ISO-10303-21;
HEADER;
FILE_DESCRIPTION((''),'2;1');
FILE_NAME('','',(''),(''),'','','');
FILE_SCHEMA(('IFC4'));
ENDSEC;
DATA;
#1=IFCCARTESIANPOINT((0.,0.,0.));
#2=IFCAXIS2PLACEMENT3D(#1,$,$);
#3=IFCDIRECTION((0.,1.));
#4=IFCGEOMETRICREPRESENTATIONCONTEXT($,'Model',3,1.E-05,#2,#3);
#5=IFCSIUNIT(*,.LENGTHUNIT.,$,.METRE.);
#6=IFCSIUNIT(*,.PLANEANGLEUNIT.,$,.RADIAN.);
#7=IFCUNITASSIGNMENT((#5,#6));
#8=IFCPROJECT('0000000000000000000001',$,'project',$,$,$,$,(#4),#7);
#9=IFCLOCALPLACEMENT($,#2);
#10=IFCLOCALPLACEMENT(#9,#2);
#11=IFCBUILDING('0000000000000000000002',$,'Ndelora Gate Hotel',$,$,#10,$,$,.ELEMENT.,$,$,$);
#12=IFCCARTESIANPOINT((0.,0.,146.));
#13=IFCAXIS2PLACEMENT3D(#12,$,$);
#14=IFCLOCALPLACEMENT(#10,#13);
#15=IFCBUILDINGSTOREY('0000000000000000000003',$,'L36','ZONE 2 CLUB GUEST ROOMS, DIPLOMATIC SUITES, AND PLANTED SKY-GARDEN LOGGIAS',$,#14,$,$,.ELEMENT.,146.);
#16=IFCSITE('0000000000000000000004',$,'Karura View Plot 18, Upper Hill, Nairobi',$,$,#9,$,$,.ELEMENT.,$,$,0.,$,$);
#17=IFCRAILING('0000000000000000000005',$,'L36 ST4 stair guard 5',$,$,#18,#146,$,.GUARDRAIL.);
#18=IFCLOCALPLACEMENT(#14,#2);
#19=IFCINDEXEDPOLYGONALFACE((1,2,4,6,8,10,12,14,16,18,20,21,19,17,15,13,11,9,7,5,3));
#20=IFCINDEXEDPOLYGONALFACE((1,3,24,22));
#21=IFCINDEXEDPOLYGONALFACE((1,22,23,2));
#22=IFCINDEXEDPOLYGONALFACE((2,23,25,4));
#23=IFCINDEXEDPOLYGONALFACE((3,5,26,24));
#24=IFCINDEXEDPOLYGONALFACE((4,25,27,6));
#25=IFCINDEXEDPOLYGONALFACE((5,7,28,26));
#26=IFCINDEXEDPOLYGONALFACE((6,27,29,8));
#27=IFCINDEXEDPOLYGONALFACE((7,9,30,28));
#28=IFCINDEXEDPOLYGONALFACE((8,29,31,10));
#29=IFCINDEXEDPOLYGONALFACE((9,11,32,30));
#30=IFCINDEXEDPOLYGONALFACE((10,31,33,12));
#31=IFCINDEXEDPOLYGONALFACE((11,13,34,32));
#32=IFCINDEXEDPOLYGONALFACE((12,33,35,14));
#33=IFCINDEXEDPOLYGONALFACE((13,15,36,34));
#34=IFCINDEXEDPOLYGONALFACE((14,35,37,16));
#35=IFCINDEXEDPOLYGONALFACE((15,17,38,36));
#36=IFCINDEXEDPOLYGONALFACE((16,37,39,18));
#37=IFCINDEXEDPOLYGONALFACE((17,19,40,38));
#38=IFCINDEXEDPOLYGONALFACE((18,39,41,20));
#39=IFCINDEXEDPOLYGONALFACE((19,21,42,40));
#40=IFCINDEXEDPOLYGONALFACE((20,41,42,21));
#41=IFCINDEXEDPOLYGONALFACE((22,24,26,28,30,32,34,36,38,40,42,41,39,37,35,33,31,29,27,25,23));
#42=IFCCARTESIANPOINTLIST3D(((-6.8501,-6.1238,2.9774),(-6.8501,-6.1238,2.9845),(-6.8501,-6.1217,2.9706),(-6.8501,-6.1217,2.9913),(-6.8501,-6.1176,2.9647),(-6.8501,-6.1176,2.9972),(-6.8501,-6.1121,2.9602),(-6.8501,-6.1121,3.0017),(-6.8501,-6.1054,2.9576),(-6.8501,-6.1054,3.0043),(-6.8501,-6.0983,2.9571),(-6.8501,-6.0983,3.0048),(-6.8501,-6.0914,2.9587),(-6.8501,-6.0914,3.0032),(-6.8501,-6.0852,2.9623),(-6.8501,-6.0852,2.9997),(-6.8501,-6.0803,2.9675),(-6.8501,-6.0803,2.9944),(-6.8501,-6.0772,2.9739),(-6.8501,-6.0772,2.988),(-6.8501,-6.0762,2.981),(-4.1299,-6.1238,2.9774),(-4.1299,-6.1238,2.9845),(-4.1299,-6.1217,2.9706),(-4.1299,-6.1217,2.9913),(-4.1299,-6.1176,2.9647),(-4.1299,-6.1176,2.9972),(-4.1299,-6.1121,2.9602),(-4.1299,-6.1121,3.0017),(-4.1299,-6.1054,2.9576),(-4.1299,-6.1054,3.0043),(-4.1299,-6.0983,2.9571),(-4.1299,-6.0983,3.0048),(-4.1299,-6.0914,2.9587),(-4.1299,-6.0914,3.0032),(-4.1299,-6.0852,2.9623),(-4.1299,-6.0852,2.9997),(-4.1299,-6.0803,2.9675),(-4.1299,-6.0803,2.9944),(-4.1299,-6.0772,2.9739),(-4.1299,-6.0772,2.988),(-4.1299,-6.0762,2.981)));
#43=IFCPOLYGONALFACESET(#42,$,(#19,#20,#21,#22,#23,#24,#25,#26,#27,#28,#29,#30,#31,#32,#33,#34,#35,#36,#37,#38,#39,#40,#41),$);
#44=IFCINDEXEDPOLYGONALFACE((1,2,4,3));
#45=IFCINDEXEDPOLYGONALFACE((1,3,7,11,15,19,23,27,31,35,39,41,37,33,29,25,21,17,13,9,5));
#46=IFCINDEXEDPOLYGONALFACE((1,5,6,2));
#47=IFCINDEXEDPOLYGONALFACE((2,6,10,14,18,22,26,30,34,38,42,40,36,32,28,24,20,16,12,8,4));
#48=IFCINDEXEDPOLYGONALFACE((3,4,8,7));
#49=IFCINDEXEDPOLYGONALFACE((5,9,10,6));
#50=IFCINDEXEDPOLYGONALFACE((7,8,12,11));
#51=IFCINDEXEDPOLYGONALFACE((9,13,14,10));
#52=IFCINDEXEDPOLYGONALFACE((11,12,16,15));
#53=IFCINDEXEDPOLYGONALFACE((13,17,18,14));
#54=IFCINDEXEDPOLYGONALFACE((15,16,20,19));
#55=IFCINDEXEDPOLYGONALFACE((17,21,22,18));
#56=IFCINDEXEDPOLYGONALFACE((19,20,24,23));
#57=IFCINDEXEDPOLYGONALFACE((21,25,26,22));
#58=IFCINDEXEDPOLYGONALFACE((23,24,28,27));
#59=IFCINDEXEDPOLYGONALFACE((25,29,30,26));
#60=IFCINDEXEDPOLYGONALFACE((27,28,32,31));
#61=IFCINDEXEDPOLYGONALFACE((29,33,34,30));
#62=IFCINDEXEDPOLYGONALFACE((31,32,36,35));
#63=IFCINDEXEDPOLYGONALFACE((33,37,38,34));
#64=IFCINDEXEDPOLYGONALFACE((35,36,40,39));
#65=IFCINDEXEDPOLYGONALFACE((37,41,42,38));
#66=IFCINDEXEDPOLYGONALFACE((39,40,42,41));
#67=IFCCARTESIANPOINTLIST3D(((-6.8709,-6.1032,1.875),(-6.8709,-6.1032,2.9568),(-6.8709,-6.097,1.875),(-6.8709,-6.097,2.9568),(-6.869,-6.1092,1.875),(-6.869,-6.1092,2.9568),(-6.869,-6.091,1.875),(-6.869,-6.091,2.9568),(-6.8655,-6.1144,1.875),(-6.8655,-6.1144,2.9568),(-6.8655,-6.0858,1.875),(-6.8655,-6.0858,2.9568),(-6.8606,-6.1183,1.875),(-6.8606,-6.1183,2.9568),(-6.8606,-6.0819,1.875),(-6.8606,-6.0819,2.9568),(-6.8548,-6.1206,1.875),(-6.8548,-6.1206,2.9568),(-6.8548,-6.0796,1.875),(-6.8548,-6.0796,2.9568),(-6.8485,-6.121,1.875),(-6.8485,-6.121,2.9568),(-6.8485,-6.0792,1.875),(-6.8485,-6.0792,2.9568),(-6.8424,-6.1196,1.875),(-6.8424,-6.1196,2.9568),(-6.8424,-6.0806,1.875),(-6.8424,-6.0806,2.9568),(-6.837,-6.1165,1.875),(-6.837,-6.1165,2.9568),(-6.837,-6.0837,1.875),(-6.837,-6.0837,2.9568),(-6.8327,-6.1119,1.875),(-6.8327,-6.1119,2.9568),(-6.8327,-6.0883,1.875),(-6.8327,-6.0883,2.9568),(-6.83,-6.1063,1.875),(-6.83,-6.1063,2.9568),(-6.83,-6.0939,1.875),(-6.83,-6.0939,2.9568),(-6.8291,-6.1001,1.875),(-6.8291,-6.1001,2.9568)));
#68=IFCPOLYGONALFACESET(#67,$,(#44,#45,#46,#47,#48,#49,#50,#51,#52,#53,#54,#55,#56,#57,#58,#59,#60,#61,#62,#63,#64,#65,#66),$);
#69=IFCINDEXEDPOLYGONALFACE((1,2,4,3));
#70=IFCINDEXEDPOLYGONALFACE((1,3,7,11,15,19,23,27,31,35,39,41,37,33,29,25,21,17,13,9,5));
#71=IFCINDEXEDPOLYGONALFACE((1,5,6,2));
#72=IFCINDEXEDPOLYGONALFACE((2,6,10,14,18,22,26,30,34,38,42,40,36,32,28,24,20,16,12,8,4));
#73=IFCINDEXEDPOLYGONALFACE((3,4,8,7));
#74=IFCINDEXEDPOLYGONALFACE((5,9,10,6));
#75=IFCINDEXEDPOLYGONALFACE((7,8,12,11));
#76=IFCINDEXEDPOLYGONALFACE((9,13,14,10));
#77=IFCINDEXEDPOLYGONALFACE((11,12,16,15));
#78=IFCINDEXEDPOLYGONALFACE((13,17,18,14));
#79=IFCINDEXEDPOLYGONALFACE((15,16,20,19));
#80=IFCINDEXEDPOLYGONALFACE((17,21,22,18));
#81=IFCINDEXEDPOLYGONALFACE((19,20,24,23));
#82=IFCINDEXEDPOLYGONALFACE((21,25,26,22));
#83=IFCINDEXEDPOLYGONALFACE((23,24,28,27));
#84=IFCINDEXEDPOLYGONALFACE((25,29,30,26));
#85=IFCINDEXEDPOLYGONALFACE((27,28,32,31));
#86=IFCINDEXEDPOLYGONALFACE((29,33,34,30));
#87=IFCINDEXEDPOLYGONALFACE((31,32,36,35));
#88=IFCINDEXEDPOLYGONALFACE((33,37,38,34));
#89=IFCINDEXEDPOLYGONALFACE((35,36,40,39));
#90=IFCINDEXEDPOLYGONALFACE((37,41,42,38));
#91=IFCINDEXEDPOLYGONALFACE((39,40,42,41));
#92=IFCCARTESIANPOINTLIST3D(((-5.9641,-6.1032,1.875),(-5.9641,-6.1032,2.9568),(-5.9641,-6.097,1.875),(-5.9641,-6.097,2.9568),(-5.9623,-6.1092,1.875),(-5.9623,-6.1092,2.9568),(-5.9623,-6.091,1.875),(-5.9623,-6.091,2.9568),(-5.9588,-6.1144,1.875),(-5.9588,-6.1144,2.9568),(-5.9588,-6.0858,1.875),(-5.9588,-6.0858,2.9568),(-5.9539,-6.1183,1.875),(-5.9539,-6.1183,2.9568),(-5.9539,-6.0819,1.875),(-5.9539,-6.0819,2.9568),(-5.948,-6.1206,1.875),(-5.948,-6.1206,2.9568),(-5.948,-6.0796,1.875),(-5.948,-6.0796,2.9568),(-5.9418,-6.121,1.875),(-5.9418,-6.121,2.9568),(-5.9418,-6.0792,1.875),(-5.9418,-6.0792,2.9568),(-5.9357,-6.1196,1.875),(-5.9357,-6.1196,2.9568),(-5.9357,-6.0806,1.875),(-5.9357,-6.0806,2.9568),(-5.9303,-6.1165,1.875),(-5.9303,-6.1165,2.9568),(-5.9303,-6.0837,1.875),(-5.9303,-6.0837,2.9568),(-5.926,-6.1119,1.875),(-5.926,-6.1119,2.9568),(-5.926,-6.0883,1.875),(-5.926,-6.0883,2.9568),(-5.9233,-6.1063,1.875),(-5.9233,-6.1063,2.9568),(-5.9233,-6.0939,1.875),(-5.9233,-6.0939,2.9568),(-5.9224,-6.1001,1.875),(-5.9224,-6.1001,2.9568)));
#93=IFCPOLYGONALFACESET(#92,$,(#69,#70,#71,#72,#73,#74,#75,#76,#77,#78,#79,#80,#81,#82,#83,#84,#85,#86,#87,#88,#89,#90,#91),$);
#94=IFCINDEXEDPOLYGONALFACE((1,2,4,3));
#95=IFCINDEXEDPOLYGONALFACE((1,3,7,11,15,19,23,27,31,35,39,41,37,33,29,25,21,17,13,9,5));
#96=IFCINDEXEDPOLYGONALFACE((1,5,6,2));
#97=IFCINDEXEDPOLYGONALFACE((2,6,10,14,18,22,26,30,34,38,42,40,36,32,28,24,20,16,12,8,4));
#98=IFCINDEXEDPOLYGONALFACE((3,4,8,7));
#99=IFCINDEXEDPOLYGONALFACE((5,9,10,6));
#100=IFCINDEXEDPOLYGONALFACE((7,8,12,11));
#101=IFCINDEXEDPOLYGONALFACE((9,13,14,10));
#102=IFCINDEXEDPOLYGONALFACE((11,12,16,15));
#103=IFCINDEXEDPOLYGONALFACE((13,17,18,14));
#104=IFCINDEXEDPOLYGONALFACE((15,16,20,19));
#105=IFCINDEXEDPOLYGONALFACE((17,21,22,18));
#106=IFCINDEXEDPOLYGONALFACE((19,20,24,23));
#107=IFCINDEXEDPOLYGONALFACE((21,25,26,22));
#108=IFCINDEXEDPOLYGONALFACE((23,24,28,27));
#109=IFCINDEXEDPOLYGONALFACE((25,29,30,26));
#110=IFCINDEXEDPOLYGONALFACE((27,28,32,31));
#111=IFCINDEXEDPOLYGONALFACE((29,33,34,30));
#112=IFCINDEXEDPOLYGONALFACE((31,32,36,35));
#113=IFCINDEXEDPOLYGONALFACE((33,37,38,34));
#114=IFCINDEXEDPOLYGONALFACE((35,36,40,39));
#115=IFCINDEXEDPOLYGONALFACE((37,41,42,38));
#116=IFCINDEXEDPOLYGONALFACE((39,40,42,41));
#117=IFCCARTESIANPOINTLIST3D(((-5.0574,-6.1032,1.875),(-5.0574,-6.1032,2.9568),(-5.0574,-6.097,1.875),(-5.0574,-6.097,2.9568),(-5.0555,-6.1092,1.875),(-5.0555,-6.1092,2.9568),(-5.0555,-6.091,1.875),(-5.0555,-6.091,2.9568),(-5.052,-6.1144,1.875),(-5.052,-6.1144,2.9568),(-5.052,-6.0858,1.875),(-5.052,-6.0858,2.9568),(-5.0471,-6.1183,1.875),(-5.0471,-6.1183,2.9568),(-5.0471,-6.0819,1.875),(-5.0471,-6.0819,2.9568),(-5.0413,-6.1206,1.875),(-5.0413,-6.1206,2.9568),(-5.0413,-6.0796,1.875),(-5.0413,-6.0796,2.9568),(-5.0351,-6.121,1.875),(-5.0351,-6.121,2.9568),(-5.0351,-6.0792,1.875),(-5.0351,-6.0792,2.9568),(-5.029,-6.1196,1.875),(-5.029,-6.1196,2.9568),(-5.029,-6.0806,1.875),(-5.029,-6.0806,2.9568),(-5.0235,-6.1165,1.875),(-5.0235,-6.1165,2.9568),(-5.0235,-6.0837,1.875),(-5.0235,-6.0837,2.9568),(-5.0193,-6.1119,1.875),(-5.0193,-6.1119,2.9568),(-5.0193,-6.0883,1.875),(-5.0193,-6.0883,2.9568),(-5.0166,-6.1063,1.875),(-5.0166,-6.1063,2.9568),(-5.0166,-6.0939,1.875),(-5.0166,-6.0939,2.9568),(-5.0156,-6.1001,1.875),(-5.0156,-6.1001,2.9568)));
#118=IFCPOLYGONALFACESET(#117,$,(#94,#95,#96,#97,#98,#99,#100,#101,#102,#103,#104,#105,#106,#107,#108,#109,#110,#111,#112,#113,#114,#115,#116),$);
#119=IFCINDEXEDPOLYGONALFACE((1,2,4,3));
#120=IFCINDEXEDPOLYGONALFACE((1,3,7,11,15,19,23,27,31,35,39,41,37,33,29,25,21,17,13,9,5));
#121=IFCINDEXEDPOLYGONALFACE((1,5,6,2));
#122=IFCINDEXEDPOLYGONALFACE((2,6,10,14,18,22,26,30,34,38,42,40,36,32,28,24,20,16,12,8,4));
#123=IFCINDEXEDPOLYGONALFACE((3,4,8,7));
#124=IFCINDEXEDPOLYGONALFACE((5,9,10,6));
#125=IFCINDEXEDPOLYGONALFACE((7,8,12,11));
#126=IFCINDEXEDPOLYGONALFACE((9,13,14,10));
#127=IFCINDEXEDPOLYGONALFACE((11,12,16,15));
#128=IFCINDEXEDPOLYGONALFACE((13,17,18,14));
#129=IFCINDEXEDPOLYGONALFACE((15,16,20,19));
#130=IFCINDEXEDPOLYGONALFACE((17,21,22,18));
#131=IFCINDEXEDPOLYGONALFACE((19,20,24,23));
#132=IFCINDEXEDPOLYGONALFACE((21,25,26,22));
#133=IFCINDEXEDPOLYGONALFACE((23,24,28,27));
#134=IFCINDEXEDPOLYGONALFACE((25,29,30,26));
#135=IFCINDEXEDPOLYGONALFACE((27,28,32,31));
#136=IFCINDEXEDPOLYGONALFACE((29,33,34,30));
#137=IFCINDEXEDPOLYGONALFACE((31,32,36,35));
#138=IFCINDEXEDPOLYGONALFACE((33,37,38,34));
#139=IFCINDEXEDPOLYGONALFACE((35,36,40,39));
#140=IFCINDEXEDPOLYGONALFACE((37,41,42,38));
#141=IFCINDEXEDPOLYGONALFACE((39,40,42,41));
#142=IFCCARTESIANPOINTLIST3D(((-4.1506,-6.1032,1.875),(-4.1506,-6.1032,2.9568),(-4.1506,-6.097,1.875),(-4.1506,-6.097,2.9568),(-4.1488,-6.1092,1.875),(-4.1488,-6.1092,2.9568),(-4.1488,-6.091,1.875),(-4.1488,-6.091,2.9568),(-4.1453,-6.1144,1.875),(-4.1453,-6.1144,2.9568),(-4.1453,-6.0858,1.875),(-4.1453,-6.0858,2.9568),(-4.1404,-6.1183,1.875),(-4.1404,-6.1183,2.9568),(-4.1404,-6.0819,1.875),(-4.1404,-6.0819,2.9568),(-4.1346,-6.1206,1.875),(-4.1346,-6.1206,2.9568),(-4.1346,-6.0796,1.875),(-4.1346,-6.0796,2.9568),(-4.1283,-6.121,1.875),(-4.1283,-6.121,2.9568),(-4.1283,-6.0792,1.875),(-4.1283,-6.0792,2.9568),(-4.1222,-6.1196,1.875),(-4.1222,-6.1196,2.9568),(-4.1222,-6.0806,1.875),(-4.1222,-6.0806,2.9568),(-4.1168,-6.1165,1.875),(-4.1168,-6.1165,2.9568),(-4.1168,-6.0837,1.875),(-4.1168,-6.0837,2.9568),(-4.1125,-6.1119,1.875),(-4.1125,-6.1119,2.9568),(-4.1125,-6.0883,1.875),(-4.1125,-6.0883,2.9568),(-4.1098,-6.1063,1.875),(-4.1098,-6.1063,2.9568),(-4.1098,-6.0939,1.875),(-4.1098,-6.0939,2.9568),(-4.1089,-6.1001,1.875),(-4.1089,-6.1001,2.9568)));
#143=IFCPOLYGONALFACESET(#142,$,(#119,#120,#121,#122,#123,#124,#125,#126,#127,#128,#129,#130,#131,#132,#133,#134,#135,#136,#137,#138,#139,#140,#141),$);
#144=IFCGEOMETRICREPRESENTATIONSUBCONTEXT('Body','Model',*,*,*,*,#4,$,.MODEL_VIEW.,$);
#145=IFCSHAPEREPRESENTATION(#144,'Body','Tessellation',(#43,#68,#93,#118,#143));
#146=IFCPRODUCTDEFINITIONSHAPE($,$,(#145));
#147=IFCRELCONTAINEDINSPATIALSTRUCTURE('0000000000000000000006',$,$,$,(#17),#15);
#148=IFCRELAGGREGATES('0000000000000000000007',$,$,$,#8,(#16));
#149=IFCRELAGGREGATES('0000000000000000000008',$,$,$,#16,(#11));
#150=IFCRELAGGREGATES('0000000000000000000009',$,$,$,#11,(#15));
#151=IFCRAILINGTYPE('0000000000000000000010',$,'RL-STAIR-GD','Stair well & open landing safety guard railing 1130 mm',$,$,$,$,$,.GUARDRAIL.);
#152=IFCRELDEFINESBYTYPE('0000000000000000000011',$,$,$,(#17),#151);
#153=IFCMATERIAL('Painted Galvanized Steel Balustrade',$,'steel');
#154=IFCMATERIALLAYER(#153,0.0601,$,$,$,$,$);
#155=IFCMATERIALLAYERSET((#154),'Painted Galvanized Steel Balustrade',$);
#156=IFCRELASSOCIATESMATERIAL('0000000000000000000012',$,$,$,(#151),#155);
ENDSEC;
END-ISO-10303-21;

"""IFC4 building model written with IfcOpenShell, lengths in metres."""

from ifc_helpers import new_model, si_unit, direction, frame, origin, origin_2d, place, context, subcontext, project, spatial, circle, extrude, material, layer, layer_set, type_object, element, save


model = new_model("IFC4")

# Units and contexts
model_context = context("Model", 3, precision=1e-05, world=origin(), true_north=direction((0.0, 1.0)))
body_context = subcontext(model_context, "Body", "Model", "MODEL_VIEW")
ifc_project = project(units=[si_unit("LENGTHUNIT", "METRE"), si_unit("PLANEANGLEUNIT", "RADIAN")], contexts=[model_context])

# Site, building, storey
site_placement = place(None, origin())
site = spatial("IfcSite", under=ifc_project, at=site_placement, Name="Karura View Plot 18, Upper Hill, Nairobi", CompositionType="ELEMENT", RefElevation=0.0)
building_placement = place(site_placement, origin())
building = spatial("IfcBuilding", under=site, at=building_placement, Name="Ndelora Gate Hotel", CompositionType="ELEMENT")
storey_placement = place(building_placement, frame((0.0, 0.0, 146.0)))
storey = spatial("IfcBuildingStorey", under=building, at=storey_placement, Name="L36", Description="ZONE 2 CLUB GUEST ROOMS, DIPLOMATIC SUITES, AND PLANTED SKY-GARDEN LOGGIAS", CompositionType="ELEMENT", Elevation=146.0)

# Railing
ifc_material_1 = material(Name="Painted Galvanized Steel Balustrade", Category="steel")
ifc_layer_1 = layer(ifc_material_1, 0.0601)
ifc_layer_set_1 = layer_set([ifc_layer_1], Name="Painted Galvanized Steel Balustrade")
railing_type = type_object("IfcRailingType", Name="RL-STAIR-GD", Description="Stair well & open landing safety guard railing 1130 mm", PredefinedType="GUARDRAIL", material=ifc_layer_set_1)
railing_1_placement = place(storey_placement, frame((-6.8501, -6.1001, 1.875)))
element("IfcRailing", 1, at=railing_1_placement, inside=storey, type_object=railing_type, Name="L36 ST4 stair guard 5", PredefinedType="GUARDRAIL", context=body_context, shape_type="SweptSolid", body=[
    extrude(circle(Radius=0.0239, at=origin_2d()), frame((0.0, 0.0, 1.106), z_axis=(1.0, 0.0, 0.0), x_axis=(0.0, 1.0, 0.0)), (0.0, 0.0, 1.0), 2.7202),
    extrude(circle(Radius=0.021, at=origin_2d()), origin(), (0.0, 0.0, 1.0), 1.0818),
    extrude(circle(Radius=0.021, at=origin_2d()), frame((0.9067, 0.0, 0.0)), (0.0, 0.0, 1.0), 1.0818),
    extrude(circle(Radius=0.021, at=origin_2d()), frame((1.8135, 0.0, 0.0)), (0.0, 0.0, 1.0), 1.0818),
    extrude(circle(Radius=0.021, at=origin_2d()), frame((2.7202, 0.0, 0.0)), (0.0, 0.0, 1.0), 1.0818),
])

save(model, "model.ifc")
